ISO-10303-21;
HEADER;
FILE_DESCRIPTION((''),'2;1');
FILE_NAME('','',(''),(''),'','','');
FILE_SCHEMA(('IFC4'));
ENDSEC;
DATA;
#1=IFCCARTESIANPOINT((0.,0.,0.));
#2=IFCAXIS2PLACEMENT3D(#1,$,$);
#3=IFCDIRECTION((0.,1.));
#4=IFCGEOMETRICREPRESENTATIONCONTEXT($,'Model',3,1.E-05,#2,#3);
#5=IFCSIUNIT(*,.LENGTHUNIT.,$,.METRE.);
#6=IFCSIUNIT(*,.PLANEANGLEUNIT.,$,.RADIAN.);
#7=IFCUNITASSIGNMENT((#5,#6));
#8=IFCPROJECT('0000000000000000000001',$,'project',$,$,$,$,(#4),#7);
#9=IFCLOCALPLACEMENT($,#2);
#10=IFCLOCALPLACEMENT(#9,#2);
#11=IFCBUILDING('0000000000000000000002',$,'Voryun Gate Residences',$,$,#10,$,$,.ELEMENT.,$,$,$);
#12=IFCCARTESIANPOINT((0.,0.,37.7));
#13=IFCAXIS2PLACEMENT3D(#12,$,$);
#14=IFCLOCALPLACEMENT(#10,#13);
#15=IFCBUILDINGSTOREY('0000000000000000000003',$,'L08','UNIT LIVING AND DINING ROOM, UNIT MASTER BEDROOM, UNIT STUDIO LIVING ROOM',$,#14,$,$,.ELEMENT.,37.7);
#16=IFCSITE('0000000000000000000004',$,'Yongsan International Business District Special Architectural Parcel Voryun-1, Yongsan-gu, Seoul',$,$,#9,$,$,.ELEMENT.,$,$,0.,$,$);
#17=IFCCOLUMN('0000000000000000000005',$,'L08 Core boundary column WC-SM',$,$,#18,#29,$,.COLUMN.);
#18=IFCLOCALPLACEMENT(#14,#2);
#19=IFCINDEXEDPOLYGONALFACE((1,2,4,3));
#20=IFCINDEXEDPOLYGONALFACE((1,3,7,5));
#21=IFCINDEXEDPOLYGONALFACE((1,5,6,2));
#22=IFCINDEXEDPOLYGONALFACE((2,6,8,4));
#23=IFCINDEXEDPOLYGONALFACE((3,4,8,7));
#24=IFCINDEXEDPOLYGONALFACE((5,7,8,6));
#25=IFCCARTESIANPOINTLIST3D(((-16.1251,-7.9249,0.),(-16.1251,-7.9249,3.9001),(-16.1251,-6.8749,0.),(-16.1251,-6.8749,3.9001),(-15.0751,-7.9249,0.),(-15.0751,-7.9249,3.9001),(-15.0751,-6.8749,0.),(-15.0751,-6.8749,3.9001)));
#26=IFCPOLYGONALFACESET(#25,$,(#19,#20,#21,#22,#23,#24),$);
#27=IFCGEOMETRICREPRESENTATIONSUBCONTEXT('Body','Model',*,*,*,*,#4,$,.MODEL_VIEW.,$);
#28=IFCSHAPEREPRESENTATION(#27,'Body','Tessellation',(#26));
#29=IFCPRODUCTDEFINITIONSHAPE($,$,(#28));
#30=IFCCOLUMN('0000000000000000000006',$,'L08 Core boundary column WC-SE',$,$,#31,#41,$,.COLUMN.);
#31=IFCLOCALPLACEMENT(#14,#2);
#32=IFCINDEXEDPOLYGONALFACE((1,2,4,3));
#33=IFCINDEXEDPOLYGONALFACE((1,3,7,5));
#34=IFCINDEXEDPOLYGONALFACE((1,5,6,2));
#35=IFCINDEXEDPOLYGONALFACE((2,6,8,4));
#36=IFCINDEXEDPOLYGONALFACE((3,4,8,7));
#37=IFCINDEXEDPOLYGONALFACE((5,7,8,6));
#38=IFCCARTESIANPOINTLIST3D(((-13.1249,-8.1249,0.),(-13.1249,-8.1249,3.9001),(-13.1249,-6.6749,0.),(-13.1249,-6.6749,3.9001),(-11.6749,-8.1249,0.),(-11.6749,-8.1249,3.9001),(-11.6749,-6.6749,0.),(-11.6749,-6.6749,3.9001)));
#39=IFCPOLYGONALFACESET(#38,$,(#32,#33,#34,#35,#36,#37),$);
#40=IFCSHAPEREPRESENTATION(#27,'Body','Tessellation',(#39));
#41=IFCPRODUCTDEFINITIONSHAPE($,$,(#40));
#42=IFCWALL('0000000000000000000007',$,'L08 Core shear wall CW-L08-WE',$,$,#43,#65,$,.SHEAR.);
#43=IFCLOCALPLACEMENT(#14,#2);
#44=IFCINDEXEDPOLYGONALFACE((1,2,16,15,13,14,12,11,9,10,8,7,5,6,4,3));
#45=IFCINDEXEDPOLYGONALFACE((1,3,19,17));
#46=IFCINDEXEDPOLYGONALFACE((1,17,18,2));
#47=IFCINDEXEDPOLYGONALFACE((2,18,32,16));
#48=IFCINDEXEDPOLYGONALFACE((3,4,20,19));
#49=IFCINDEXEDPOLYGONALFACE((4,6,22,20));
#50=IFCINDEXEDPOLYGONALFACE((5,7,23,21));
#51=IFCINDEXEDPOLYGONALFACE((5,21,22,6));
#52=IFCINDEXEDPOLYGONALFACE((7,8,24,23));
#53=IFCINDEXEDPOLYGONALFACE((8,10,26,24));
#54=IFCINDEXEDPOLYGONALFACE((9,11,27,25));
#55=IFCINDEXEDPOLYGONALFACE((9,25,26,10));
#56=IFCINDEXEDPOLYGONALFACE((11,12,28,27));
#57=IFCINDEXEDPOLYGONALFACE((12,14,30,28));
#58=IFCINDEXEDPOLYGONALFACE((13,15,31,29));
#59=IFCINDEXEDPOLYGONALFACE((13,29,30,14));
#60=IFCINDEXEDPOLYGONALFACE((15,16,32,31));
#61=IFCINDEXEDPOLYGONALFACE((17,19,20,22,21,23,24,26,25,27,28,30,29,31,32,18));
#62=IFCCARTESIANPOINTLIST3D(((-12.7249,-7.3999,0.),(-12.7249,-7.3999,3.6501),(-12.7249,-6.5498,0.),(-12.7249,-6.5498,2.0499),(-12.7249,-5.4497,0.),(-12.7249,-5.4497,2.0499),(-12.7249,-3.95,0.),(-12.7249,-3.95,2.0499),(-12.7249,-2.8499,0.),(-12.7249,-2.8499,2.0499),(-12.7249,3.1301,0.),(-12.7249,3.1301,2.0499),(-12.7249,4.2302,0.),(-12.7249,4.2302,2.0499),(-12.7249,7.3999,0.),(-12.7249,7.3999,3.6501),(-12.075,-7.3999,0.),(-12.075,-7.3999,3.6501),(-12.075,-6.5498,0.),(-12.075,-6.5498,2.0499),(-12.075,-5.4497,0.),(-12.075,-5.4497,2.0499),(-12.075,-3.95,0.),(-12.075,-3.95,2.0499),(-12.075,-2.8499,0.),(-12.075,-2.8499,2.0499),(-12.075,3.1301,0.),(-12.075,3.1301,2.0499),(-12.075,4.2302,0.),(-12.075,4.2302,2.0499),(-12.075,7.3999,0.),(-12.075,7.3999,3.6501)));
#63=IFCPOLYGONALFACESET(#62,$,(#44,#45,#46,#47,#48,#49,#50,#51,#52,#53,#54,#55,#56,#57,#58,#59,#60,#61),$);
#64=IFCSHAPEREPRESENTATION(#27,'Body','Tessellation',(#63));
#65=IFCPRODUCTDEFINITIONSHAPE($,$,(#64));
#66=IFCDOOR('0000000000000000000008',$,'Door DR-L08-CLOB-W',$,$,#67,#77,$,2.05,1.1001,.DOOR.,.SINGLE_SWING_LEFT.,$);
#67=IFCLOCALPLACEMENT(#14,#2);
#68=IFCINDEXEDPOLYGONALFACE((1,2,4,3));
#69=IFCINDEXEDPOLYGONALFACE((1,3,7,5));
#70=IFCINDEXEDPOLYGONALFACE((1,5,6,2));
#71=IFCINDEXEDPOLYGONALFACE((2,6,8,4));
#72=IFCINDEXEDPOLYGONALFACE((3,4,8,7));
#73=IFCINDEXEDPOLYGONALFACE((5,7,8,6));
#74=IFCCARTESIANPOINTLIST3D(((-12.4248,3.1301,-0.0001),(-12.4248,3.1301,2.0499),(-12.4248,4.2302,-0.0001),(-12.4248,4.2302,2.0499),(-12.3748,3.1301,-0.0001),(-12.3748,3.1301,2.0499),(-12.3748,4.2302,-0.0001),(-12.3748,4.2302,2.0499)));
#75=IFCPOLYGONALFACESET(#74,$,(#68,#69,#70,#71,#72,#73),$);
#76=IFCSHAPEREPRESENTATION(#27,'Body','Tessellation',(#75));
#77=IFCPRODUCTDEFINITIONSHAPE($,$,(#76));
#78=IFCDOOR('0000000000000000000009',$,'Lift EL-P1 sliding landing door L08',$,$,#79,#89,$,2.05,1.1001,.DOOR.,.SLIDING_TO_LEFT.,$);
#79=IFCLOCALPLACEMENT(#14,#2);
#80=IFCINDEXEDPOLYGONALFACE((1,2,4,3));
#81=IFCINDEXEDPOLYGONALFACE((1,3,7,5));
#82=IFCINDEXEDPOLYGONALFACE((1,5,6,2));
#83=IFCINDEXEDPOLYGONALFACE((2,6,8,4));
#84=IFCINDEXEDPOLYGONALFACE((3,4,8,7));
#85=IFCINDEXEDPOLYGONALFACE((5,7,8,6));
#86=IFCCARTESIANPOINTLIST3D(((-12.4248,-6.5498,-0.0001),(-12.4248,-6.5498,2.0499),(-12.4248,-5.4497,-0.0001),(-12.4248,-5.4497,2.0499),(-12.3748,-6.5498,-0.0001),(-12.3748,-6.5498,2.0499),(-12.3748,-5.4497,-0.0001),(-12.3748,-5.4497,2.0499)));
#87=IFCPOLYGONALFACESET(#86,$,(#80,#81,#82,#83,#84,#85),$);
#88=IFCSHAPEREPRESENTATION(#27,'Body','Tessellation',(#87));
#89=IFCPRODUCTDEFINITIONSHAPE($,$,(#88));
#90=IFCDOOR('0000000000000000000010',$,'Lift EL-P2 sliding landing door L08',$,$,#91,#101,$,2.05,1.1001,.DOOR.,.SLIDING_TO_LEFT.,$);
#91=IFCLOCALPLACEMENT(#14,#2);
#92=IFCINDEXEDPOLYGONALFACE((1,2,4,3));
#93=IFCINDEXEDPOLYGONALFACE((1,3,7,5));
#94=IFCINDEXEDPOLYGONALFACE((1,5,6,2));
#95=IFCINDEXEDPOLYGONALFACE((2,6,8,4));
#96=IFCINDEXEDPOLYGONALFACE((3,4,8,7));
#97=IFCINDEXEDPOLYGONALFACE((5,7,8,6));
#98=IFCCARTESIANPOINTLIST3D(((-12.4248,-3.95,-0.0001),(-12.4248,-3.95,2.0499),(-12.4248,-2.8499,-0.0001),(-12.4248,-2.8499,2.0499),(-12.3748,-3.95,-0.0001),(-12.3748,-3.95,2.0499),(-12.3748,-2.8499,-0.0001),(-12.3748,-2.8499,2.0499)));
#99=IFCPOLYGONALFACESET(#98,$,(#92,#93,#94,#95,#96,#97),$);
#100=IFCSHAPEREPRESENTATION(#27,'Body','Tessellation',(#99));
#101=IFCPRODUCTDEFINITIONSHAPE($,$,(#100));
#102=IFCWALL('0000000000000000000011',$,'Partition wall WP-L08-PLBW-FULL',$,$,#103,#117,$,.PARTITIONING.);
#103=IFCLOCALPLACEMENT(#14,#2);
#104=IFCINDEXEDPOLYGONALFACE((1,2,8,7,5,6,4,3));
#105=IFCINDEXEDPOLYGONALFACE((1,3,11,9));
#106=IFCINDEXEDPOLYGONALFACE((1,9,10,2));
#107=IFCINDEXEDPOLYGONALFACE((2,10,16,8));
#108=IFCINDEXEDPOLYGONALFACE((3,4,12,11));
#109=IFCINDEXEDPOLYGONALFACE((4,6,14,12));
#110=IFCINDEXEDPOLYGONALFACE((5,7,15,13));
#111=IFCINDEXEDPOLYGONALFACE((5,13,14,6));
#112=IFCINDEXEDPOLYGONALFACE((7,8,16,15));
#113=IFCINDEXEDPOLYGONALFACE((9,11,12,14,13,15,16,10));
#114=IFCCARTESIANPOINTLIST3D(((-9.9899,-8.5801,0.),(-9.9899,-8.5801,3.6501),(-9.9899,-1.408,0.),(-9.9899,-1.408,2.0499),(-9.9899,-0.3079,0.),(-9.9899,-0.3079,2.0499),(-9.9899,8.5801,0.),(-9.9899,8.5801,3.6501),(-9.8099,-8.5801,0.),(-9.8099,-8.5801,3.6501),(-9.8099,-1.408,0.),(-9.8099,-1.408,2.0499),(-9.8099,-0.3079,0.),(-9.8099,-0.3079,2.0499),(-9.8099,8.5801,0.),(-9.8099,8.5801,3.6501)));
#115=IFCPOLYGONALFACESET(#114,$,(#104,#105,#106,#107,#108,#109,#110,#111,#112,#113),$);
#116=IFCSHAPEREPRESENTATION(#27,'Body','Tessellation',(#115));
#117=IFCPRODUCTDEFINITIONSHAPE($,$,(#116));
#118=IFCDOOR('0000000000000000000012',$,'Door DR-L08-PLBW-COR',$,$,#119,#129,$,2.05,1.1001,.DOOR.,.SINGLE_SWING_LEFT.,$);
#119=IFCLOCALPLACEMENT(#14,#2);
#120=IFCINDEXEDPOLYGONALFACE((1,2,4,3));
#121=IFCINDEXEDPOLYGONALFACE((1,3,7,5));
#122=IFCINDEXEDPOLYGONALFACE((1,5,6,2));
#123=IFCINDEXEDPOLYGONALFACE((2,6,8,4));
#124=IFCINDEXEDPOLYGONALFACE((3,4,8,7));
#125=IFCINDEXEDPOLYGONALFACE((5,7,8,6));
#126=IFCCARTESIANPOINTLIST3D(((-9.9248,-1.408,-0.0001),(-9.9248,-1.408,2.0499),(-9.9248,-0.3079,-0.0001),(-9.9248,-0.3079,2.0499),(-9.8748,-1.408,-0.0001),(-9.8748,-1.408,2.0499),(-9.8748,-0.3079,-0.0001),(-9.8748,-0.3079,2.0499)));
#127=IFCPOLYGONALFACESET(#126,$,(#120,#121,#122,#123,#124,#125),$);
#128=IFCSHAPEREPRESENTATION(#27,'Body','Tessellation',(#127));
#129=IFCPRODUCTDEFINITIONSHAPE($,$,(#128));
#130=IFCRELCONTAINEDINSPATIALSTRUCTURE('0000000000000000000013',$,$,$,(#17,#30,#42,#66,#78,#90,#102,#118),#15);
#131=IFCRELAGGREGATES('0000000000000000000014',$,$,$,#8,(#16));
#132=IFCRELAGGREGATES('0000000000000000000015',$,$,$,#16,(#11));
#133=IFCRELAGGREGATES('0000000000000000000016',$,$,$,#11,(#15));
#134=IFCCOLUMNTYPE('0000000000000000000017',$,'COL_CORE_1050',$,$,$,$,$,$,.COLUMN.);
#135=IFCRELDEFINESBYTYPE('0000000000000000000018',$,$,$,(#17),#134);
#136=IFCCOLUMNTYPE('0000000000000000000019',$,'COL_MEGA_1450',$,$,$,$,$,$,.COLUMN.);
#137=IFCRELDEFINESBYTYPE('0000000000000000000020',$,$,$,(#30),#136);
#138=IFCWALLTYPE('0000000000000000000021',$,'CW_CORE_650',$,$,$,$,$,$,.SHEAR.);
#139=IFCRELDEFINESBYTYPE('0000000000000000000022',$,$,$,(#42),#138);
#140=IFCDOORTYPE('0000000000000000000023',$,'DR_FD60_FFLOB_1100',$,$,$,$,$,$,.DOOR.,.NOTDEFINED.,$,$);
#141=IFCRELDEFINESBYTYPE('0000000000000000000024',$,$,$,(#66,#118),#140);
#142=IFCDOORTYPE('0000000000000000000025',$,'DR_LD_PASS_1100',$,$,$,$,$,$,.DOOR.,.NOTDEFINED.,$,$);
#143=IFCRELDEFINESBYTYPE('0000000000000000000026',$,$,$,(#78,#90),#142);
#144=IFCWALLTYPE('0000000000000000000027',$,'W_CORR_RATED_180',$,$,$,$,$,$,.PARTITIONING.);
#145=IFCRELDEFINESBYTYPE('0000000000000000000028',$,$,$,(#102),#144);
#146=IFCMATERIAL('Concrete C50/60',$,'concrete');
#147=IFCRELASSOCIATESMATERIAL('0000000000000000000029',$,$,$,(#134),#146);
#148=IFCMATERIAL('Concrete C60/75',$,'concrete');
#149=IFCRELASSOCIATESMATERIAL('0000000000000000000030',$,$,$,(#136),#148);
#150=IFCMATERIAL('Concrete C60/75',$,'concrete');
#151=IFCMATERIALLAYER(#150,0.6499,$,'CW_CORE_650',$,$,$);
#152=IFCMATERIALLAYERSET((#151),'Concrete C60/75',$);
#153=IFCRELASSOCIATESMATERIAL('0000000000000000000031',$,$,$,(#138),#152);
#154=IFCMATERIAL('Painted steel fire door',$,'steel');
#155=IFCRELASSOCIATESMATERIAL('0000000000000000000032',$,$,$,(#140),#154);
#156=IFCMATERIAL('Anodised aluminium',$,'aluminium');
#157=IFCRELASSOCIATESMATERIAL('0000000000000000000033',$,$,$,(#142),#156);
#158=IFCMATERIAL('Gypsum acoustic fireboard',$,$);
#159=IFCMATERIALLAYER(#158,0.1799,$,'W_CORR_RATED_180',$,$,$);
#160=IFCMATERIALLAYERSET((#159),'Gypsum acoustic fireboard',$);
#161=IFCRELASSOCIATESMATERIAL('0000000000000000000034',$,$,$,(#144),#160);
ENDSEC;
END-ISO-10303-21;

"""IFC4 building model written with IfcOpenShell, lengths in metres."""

from ifc_helpers import new_model, si_unit, direction, frame, frame_2d, origin, origin_2d, place, context, subcontext, project, spatial, rectangle, extrude, material, layer, layer_set, material_profile, profile_set, type_object, element, fill, save


model = new_model("IFC4")

# Units and contexts
model_context = context("Model", 3, precision=1e-05, world=origin(), true_north=direction((0.0, 1.0)))
body_context = subcontext(model_context, "Body", "Model", "MODEL_VIEW")
ifc_project = project(units=[si_unit("LENGTHUNIT", "METRE"), si_unit("PLANEANGLEUNIT", "RADIAN")], contexts=[model_context])

# Site, building, storey
site_placement = place(None, origin())
site = spatial("IfcSite", under=ifc_project, at=site_placement, Name="Yongsan International Business District Special Architectural Parcel Voryun-1, Yongsan-gu, Seoul", CompositionType="ELEMENT", RefElevation=0.0)
building_placement = place(site_placement, origin())
building = spatial("IfcBuilding", under=site, at=building_placement, Name="Voryun Gate Residences", CompositionType="ELEMENT")
storey_placement = place(building_placement, frame((0.0, 0.0, 37.7)))
storey = spatial("IfcBuildingStorey", under=building, at=storey_placement, Name="L08", Description="UNIT LIVING AND DINING ROOM, UNIT MASTER BEDROOM, UNIT STUDIO LIVING ROOM", CompositionType="ELEMENT", Elevation=37.7)

# Columns
ifc_material_1 = material(Name="Concrete C50/60", Category="concrete")
ifc_material_profile_1 = material_profile(ifc_material_1, rectangle(XDim=1.05, YDim=1.05, at=origin_2d()), Name="RC-1050x1050")
ifc_profile_set_1 = profile_set([ifc_material_profile_1], Name="Concrete C50/60")
column_type_1 = type_object("IfcColumnType", Name="COL_CORE_1050", PredefinedType="COLUMN", material=ifc_profile_set_1)
column_1_placement = place(storey_placement, frame((-15.6001, -7.3999, 0.0), z_axis=(0.0, 0.0, 1.0), x_axis=(1.0, 0.0, 0.0)))
element("IfcColumn", 1, at=column_1_placement, inside=storey, type_object=column_type_1, Name="L08 Core boundary column WC-SM", PredefinedType="COLUMN", context=body_context, shape_type="SweptSolid", body=[
    extrude(rectangle(XDim=1.05, YDim=1.05, at=origin_2d()), origin(), (0.0, 0.0, 1.0), 3.9001),
])
ifc_material_2 = material(Name="Concrete C60/75", Category="concrete")
ifc_material_profile_2 = material_profile(ifc_material_2, rectangle(XDim=1.45, YDim=1.45, at=origin_2d()), Name="RC-1450x1450")
ifc_profile_set_2 = profile_set([ifc_material_profile_2], Name="Concrete C60/75")
column_type_2 = type_object("IfcColumnType", Name="COL_MEGA_1450", PredefinedType="COLUMN", material=ifc_profile_set_2)
column_2_placement = place(storey_placement, frame((-12.3999, -7.3999, 0.0), z_axis=(0.0, 0.0, 1.0), x_axis=(1.0, 0.0, 0.0)))
element("IfcColumn", 2, at=column_2_placement, inside=storey, type_object=column_type_2, Name="L08 Core boundary column WC-SE", PredefinedType="COLUMN", context=body_context, shape_type="SweptSolid", body=[
    extrude(rectangle(XDim=1.45, YDim=1.45, at=origin_2d()), origin(), (0.0, 0.0, 1.0), 3.9001),
])

# Wall, openings, doors
ifc_material_3 = material(Name="Concrete C60/75", Category="concrete")
ifc_layer_1 = layer(ifc_material_3, 0.6499, Name="CW_CORE_650")
ifc_layer_set_1 = layer_set([ifc_layer_1], Name="Concrete C60/75")
wall_type_1 = type_object("IfcWallType", Name="CW_CORE_650", PredefinedType="SHEAR", material=ifc_layer_set_1)
wall_1_placement = place(storey_placement, frame((-12.3999, -7.3999, 0.0), z_axis=(0.0, 0.0, 1.0), x_axis=(0.0, 1.0, 0.0)))
wall_1 = element("IfcWall", 3, at=wall_1_placement, inside=storey, type_object=wall_type_1, Name="L08 Core shear wall CW-L08-WE", PredefinedType="SHEAR", context=body_context, shape_type="SweptSolid", body=[
    extrude(rectangle(XDim=14.7998, YDim=0.6499, at=frame_2d((7.3999, 0.0))), origin(), (0.0, 0.0, 1.0), 3.6501),
])
opening_1_placement = place(wall_1_placement, frame((0.8501, 0.0, 0.0)))
opening_1 = element("IfcOpeningElement", 4, at=opening_1_placement, cuts=wall_1, PredefinedType="OPENING", context=body_context, shape_type="SweptSolid", body=[
    extrude(rectangle(XDim=1.1001, YDim=2.05, at=frame_2d((0.55, 1.0249))), frame((0.0, 0.335, 0.0), z_axis=(0.0, -1.0, 0.0), x_axis=(1.0, 0.0, 0.0)), (0.0, 0.0, 1.0), 0.6699),
])
opening_2_placement = place(wall_1_placement, frame((3.45, 0.0, 0.0)))
opening_2 = element("IfcOpeningElement", 5, at=opening_2_placement, cuts=wall_1, PredefinedType="OPENING", context=body_context, shape_type="SweptSolid", body=[
    extrude(rectangle(XDim=1.1001, YDim=2.05, at=frame_2d((0.55, 1.0249))), frame((0.0, 0.335, 0.0), z_axis=(0.0, -1.0, 0.0), x_axis=(1.0, 0.0, 0.0)), (0.0, 0.0, 1.0), 0.6699),
])
opening_3_placement = place(wall_1_placement, frame((10.53, 0.0, 0.0)))
opening_3 = element("IfcOpeningElement", 6, at=opening_3_placement, cuts=wall_1, PredefinedType="OPENING", context=body_context, shape_type="SweptSolid", body=[
    extrude(rectangle(XDim=1.1001, YDim=2.05, at=frame_2d((0.55, 1.0249))), frame((0.0, 0.335, 0.0), z_axis=(0.0, -1.0, 0.0), x_axis=(1.0, 0.0, 0.0)), (0.0, 0.0, 1.0), 0.6699),
])
ifc_material_4 = material(Name="Painted steel fire door", Category="steel")
door_type_1 = type_object("IfcDoorType", Name="DR_FD60_FFLOB_1100", OperationType="NOTDEFINED", PredefinedType="DOOR", material=ifc_material_4)
door_1_placement = place(opening_3_placement, origin())
door_1 = element("IfcDoor", 7, at=door_1_placement, inside=storey, type_object=door_type_1, Name="Door DR-L08-CLOB-W", OperationType="SINGLE_SWING_LEFT", OverallHeight=2.05, OverallWidth=1.1001, PredefinedType="DOOR", context=body_context, shape_type="SweptSolid", body=[
    extrude(rectangle(XDim=1.1001, YDim=2.05, at=frame_2d((0.55, 1.0249))), frame((0.0, 0.0249, 0.0), z_axis=(0.0, -1.0, 0.0), x_axis=(1.0, 0.0, 0.0)), (0.0, 0.0, 1.0), 0.05),
])
fill(opening_3, door_1)
ifc_material_5 = material(Name="Anodised aluminium", Category="aluminium")
door_type_2 = type_object("IfcDoorType", Name="DR_LD_PASS_1100", OperationType="NOTDEFINED", PredefinedType="DOOR", material=ifc_material_5)
door_2_placement = place(opening_1_placement, origin())
door_2 = element("IfcDoor", 8, at=door_2_placement, inside=storey, type_object=door_type_2, Name="Lift EL-P1 sliding landing door L08", OperationType="SLIDING_TO_LEFT", OverallHeight=2.05, OverallWidth=1.1001, PredefinedType="DOOR", context=body_context, shape_type="SweptSolid", body=[
    extrude(rectangle(XDim=1.1001, YDim=2.05, at=frame_2d((0.55, 1.0249))), frame((0.0, 0.0249, 0.0), z_axis=(0.0, -1.0, 0.0), x_axis=(1.0, 0.0, 0.0)), (0.0, 0.0, 1.0), 0.05),
])
fill(opening_1, door_2)
door_3_placement = place(opening_2_placement, origin())
door_3 = element("IfcDoor", 9, at=door_3_placement, inside=storey, type_object=door_type_2, Name="Lift EL-P2 sliding landing door L08", OperationType="SLIDING_TO_LEFT", OverallHeight=2.05, OverallWidth=1.1001, PredefinedType="DOOR", context=body_context, shape_type="SweptSolid", body=[
    extrude(rectangle(XDim=1.1001, YDim=2.05, at=frame_2d((0.55, 1.0249))), frame((0.0, 0.0249, 0.0), z_axis=(0.0, -1.0, 0.0), x_axis=(1.0, 0.0, 0.0)), (0.0, 0.0, 1.0), 0.05),
])
fill(opening_2, door_3)

# Wall, opening, door
ifc_material_6 = material(Name="Gypsum acoustic fireboard")
ifc_layer_2 = layer(ifc_material_6, 0.1799, Name="W_CORR_RATED_180")
ifc_layer_set_2 = layer_set([ifc_layer_2], Name="Gypsum acoustic fireboard")
wall_type_2 = type_object("IfcWallType", Name="W_CORR_RATED_180", PredefinedType="PARTITIONING", material=ifc_layer_set_2)
wall_2_placement = place(storey_placement, frame((-9.8999, -8.5801, 0.0), z_axis=(0.0, 0.0, 1.0), x_axis=(0.0, 1.0, 0.0)))
wall_2 = element("IfcWall", 10, at=wall_2_placement, inside=storey, type_object=wall_type_2, Name="Partition wall WP-L08-PLBW-FULL", PredefinedType="PARTITIONING", context=body_context, shape_type="SweptSolid", body=[
    extrude(rectangle(XDim=17.1602, YDim=0.1799, at=frame_2d((8.5801, 0.0))), origin(), (0.0, 0.0, 1.0), 3.6501),
])
opening_4_placement = place(wall_2_placement, frame((7.1721, 0.0, 0.0)))
opening_4 = element("IfcOpeningElement", 11, at=opening_4_placement, cuts=wall_2, PredefinedType="OPENING", context=body_context, shape_type="SweptSolid", body=[
    extrude(rectangle(XDim=1.1001, YDim=2.05, at=frame_2d((0.55, 1.0249))), frame((0.0, 0.0999, 0.0), z_axis=(0.0, -1.0, 0.0), x_axis=(1.0, 0.0, 0.0)), (0.0, 0.0, 1.0), 0.2),
])
door_4_placement = place(opening_4_placement, origin())
door_4 = element("IfcDoor", 12, at=door_4_placement, inside=storey, type_object=door_type_1, Name="Door DR-L08-PLBW-COR", OperationType="SINGLE_SWING_LEFT", OverallHeight=2.05, OverallWidth=1.1001, PredefinedType="DOOR", context=body_context, shape_type="SweptSolid", body=[
    extrude(rectangle(XDim=1.1001, YDim=2.05, at=frame_2d((0.55, 1.0249))), frame((0.0, 0.0249, 0.0), z_axis=(0.0, -1.0, 0.0), x_axis=(1.0, 0.0, 0.0)), (0.0, 0.0, 1.0), 0.05),
])
fill(opening_4, door_4)

save(model, "model.ifc")
